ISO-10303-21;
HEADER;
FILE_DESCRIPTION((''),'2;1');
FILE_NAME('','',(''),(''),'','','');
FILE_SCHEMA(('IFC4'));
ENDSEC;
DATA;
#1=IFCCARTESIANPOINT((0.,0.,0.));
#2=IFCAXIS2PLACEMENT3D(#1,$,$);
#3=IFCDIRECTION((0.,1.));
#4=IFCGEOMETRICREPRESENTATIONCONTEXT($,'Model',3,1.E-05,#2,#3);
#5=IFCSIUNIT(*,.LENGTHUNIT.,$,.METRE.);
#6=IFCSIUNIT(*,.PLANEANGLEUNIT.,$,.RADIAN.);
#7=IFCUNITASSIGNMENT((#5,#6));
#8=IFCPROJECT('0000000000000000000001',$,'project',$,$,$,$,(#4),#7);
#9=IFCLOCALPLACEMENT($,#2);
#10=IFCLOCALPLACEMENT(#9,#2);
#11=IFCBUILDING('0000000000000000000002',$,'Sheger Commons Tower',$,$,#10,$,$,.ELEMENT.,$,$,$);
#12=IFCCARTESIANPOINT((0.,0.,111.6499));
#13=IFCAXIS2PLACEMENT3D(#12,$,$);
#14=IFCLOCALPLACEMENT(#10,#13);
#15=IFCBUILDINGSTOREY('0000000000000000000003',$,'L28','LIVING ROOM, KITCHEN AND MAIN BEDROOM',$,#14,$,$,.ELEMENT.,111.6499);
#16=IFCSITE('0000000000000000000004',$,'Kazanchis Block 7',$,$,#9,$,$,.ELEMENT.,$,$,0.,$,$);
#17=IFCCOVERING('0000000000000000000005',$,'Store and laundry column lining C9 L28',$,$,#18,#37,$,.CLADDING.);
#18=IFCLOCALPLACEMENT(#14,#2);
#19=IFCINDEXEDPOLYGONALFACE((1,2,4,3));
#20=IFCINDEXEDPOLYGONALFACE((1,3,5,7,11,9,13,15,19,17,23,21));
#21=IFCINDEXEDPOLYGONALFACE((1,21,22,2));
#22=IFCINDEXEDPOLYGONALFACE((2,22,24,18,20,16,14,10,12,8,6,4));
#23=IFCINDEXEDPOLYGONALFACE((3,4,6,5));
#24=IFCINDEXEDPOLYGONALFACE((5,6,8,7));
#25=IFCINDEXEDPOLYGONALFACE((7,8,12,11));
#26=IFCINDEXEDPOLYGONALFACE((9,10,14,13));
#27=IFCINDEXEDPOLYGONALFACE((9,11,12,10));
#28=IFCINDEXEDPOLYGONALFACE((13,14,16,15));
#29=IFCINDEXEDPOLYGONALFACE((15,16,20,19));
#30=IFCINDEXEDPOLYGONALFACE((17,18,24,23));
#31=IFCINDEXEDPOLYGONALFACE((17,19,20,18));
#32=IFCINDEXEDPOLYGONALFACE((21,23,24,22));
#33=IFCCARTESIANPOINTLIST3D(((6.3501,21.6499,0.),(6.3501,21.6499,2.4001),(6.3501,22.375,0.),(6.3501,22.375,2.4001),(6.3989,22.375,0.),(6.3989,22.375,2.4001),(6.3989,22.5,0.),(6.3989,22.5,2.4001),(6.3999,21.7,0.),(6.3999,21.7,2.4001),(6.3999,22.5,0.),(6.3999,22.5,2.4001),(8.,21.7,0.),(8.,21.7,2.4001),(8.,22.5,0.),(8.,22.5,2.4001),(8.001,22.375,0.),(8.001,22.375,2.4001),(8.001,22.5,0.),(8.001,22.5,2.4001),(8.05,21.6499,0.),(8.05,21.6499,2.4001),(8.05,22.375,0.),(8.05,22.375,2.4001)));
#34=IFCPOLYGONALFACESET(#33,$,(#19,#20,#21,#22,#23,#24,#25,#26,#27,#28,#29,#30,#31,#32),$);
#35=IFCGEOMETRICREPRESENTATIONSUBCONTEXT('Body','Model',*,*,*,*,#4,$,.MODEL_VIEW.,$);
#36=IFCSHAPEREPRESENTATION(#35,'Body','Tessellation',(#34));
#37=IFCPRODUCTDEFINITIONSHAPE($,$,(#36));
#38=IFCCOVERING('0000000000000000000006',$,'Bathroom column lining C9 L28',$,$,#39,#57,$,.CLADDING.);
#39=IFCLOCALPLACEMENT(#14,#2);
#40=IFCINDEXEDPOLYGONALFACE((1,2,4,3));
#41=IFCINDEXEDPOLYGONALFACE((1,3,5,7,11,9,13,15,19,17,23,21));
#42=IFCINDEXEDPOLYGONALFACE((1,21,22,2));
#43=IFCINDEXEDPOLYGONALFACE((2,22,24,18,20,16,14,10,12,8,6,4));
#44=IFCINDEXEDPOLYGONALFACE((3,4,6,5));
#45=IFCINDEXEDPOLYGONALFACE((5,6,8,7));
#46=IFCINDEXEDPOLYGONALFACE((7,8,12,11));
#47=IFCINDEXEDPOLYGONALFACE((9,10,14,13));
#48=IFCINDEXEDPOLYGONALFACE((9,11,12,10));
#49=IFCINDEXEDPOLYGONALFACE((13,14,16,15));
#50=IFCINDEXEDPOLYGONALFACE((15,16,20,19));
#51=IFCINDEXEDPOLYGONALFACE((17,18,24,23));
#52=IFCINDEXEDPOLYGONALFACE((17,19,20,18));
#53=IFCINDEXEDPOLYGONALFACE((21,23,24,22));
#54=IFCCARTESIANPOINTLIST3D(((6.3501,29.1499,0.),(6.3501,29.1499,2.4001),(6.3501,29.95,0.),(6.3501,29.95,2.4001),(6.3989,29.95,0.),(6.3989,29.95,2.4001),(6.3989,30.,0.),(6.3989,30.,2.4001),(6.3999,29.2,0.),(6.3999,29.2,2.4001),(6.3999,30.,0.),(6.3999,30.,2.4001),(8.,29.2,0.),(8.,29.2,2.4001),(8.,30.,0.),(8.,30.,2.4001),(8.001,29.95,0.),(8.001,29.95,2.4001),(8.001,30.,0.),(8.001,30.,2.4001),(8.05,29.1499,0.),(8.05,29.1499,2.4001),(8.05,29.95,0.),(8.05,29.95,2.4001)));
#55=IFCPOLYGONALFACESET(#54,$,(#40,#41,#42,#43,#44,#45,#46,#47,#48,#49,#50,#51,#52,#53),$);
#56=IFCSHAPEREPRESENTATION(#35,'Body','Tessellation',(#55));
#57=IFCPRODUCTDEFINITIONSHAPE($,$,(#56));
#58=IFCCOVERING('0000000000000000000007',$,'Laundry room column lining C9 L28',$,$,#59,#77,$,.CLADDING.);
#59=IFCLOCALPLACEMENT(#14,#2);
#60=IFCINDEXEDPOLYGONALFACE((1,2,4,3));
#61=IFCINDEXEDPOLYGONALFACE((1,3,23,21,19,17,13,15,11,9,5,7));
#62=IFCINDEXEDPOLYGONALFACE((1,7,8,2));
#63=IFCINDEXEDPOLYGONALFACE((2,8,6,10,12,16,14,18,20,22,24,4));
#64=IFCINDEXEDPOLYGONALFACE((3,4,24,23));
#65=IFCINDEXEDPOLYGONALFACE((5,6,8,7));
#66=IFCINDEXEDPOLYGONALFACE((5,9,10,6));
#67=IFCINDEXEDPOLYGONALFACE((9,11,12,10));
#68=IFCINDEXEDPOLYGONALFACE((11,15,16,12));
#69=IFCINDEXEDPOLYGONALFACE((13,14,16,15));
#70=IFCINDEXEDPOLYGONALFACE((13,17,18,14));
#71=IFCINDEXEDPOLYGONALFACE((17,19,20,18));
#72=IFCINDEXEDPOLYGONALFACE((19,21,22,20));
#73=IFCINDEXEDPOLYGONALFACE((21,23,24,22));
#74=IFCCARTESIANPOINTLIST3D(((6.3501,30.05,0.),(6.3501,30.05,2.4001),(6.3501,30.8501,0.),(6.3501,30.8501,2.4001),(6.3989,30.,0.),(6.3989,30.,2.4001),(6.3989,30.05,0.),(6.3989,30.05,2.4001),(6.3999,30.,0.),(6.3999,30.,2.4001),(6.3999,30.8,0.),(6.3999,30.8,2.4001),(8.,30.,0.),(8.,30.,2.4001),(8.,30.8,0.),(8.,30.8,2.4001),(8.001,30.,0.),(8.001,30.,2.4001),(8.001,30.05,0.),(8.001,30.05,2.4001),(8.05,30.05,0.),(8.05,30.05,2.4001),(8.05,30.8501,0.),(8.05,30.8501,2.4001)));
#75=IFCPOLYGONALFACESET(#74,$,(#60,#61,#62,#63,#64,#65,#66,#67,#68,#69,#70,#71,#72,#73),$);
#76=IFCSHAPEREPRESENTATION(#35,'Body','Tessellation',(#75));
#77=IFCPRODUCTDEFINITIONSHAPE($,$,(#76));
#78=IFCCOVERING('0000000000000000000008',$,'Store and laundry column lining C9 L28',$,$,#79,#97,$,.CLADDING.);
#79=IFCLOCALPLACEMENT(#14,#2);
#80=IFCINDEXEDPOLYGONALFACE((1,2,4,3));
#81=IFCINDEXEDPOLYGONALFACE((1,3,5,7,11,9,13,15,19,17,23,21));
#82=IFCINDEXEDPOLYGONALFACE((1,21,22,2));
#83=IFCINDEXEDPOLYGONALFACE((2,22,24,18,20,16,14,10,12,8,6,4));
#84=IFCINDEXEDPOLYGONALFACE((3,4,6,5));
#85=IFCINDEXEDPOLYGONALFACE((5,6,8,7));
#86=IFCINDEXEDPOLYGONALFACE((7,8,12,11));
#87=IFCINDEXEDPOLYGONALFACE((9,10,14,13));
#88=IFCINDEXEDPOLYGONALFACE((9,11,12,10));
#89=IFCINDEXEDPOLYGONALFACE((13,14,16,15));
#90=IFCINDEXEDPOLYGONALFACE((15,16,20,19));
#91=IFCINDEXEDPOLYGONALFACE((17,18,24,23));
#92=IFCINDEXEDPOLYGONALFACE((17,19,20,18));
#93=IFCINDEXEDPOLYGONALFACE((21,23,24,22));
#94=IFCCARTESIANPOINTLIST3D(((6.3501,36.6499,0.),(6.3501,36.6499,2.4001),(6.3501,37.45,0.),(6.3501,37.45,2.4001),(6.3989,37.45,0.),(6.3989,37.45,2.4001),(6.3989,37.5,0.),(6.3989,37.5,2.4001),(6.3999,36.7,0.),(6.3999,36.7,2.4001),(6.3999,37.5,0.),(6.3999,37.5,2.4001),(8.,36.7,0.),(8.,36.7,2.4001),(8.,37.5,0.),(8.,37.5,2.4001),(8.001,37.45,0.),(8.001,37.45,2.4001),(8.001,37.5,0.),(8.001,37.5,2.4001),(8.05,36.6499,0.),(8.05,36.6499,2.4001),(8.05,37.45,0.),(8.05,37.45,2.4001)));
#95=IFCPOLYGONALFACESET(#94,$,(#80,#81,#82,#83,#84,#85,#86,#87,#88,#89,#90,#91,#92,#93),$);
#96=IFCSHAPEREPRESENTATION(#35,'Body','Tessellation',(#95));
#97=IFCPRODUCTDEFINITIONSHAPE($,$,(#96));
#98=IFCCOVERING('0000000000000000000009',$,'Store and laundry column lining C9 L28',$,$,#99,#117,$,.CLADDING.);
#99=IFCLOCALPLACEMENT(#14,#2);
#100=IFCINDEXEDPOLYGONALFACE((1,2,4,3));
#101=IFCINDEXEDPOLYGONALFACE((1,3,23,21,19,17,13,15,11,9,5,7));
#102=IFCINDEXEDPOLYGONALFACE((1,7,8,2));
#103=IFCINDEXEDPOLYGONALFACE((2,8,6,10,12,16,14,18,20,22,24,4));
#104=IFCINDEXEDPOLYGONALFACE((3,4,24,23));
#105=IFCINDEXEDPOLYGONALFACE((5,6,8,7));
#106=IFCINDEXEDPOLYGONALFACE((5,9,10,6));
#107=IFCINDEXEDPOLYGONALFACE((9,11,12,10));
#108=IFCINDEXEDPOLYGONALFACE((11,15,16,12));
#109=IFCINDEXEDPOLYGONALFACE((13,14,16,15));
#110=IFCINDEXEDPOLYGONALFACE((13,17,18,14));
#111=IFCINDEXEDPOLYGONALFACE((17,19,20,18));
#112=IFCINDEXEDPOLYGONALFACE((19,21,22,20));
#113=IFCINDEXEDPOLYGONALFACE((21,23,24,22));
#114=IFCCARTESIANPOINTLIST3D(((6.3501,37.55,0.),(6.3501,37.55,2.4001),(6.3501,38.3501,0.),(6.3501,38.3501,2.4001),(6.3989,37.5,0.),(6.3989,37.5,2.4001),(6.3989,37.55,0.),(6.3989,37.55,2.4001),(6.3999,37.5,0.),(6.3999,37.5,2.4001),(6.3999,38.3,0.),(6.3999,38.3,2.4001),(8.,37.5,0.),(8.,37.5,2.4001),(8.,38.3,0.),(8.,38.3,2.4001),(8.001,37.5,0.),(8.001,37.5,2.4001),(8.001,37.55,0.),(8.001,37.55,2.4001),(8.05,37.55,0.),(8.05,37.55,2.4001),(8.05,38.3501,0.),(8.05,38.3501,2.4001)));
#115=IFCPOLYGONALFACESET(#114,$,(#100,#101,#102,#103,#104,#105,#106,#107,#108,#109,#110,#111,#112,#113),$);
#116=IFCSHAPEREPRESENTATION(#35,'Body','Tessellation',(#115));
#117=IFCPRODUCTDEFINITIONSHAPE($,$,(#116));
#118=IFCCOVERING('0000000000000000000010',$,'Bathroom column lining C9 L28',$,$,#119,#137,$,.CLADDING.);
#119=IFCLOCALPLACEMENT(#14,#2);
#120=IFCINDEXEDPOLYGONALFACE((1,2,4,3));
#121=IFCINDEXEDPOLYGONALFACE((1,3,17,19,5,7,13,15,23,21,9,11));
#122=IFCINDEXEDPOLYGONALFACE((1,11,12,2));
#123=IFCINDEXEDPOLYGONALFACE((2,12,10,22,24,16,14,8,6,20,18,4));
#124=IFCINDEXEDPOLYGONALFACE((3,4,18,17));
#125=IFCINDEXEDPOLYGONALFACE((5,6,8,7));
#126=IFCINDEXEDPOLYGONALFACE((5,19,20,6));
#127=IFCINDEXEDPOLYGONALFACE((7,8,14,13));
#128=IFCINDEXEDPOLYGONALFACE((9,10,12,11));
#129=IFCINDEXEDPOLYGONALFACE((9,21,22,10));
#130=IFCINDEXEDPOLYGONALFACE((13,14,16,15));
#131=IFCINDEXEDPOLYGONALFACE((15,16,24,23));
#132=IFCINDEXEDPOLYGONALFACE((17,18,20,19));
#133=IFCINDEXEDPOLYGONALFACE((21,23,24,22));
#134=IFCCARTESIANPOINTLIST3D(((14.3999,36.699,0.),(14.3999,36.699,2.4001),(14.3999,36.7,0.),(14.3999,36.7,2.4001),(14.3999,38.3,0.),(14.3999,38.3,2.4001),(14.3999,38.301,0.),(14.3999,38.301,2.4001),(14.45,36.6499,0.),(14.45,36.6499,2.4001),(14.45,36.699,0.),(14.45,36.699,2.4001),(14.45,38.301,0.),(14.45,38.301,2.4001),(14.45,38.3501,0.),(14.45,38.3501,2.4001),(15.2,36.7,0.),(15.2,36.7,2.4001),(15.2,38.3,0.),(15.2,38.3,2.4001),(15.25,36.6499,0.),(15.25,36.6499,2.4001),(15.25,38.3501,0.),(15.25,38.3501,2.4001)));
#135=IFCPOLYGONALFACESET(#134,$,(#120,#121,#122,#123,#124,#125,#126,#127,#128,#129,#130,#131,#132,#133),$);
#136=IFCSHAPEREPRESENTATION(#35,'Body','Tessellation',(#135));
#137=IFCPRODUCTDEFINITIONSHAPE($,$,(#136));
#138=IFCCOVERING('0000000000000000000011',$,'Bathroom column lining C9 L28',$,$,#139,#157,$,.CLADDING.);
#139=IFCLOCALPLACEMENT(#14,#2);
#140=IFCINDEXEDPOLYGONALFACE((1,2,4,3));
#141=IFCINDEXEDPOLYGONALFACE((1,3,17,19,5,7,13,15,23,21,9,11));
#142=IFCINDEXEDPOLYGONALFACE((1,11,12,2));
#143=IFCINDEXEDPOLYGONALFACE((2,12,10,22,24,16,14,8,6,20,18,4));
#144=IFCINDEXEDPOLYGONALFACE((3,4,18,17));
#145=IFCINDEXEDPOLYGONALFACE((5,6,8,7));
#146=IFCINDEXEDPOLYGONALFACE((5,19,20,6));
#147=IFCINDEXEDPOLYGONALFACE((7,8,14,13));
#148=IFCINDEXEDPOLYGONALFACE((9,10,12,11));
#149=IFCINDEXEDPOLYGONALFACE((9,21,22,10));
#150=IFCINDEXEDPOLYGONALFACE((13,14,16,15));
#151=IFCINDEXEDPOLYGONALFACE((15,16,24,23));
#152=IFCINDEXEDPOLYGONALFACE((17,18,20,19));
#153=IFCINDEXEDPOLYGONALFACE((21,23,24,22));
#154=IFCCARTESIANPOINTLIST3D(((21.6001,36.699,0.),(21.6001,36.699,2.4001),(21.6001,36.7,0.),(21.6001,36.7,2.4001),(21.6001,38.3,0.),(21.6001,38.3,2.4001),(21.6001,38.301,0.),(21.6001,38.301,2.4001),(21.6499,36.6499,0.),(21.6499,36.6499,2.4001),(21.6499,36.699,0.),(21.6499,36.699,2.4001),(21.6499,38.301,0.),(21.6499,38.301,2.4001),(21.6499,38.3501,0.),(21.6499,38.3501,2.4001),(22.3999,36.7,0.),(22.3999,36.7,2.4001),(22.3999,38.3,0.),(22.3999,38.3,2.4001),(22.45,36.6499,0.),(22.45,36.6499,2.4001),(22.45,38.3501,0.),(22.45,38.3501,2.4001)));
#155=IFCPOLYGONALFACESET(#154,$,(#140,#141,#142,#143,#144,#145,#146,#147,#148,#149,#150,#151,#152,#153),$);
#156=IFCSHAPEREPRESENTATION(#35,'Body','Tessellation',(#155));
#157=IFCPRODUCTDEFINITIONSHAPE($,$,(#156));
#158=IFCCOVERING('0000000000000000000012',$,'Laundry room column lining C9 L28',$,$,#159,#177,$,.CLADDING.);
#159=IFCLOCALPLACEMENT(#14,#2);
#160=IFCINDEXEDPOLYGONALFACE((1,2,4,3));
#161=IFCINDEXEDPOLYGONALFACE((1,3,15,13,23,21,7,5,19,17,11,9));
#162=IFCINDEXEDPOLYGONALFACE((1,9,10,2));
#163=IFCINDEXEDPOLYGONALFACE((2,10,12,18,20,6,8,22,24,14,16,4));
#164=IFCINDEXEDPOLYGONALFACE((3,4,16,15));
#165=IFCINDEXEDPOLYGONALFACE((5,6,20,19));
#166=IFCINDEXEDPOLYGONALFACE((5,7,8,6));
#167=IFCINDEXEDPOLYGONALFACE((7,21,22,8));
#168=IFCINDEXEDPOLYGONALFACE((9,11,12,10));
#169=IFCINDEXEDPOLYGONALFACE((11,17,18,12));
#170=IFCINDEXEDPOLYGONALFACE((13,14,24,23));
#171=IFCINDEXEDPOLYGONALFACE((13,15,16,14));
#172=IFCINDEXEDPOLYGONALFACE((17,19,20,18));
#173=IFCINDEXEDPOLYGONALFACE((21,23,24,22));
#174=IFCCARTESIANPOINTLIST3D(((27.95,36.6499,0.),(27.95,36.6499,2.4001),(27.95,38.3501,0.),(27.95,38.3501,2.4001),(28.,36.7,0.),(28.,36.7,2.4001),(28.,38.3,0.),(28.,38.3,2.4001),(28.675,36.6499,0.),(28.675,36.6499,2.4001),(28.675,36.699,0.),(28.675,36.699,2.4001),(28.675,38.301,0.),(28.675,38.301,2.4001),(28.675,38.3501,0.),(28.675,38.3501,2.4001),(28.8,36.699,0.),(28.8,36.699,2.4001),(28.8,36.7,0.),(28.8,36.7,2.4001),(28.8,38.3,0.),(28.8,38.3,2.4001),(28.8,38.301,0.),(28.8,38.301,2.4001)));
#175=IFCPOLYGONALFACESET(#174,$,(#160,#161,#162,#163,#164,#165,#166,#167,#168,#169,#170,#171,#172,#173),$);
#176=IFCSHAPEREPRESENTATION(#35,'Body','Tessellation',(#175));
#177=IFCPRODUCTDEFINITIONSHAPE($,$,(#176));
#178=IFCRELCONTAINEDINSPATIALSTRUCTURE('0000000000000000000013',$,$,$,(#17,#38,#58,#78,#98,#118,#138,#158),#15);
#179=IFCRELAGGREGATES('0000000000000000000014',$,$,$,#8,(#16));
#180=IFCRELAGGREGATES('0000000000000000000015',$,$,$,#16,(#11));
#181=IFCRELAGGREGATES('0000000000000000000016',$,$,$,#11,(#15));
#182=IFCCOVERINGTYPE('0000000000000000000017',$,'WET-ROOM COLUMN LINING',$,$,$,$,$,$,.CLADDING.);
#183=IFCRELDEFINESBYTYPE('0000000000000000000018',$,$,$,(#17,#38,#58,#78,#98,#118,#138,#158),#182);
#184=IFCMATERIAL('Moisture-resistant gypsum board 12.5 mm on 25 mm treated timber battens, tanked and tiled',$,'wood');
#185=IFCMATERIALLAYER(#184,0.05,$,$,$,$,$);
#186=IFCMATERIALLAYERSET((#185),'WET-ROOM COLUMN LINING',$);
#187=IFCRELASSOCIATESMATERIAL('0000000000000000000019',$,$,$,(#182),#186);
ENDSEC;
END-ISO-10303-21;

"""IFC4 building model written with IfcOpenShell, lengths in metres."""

from ifc_helpers import new_model, si_unit, direction, frame, origin, place, context, subcontext, project, spatial, polyline, outline, extrude, material, layer, layer_set, type_object, element, save


model = new_model("IFC4")

# Units and contexts
model_context = context("Model", 3, precision=1e-05, world=origin(), true_north=direction((0.0, 1.0)))
body_context = subcontext(model_context, "Body", "Model", "MODEL_VIEW")
ifc_project = project(units=[si_unit("LENGTHUNIT", "METRE"), si_unit("PLANEANGLEUNIT", "RADIAN")], contexts=[model_context])

# Site, building, storey
site_placement = place(None, origin())
site = spatial("IfcSite", under=ifc_project, at=site_placement, Name="Kazanchis Block 7", CompositionType="ELEMENT", RefElevation=0.0)
building_placement = place(site_placement, origin())
building = spatial("IfcBuilding", under=site, at=building_placement, Name="Sheger Commons Tower", CompositionType="ELEMENT")
storey_placement = place(building_placement, frame((0.0, 0.0, 111.6499)))
storey = spatial("IfcBuildingStorey", under=building, at=storey_placement, Name="L28", Description="LIVING ROOM, KITCHEN AND MAIN BEDROOM", CompositionType="ELEMENT", Elevation=111.6499)

# Coverings
ifc_material_1 = material(Name="Moisture-resistant gypsum board 12.5 mm on 25 mm treated timber battens, tanked and tiled", Category="wood")
ifc_layer_1 = layer(ifc_material_1, 0.05)
ifc_layer_set_1 = layer_set([ifc_layer_1], Name="WET-ROOM COLUMN LINING")
covering_type_1 = type_object("IfcCoveringType", Name="WET-ROOM COLUMN LINING", PredefinedType="CLADDING", material=ifc_layer_set_1)
covering_1_placement = place(storey_placement, origin())
element("IfcCovering", 1, at=covering_1_placement, inside=storey, type_object=covering_type_1, Name="Store and laundry column lining C9 L28", PredefinedType="CLADDING", context=body_context, shape_type="SweptSolid", body=[
    extrude(outline(polyline([(6.3999, 22.5), (6.3999, 21.7), (8.0, 21.7), (8.0, 22.5), (8.001, 22.5), (8.001, 22.375), (8.05, 22.375), (8.05, 21.6499), (6.3501, 21.6499), (6.3501, 22.375), (6.3989, 22.375), (6.3989, 22.5), (6.3999, 22.5)])), origin(), (0.0, 0.0, 1.0), 2.4001),
])
covering_2_placement = place(storey_placement, origin())
element("IfcCovering", 2, at=covering_2_placement, inside=storey, type_object=covering_type_1, Name="Bathroom column lining C9 L28", PredefinedType="CLADDING", context=body_context, shape_type="SweptSolid", body=[
    extrude(outline(polyline([(6.3999, 30.0), (6.3999, 29.2), (8.0, 29.2), (8.0, 30.0), (8.001, 30.0), (8.001, 29.95), (8.05, 29.95), (8.05, 29.1499), (6.3501, 29.1499), (6.3501, 29.95), (6.3989, 29.95), (6.3989, 30.0), (6.3999, 30.0)])), origin(), (0.0, 0.0, 1.0), 2.4001),
])
covering_3_placement = place(storey_placement, origin())
element("IfcCovering", 3, at=covering_3_placement, inside=storey, type_object=covering_type_1, Name="Laundry room column lining C9 L28", PredefinedType="CLADDING", context=body_context, shape_type="SweptSolid", body=[
    extrude(outline(polyline([(8.05, 30.8501), (8.05, 30.05), (8.001, 30.05), (8.001, 30.0), (8.0, 30.0), (8.0, 30.8), (6.3999, 30.8), (6.3999, 30.0), (6.3989, 30.0), (6.3989, 30.05), (6.3501, 30.05), (6.3501, 30.8501), (8.05, 30.8501)])), origin(), (0.0, 0.0, 1.0), 2.4001),
])
covering_4_placement = place(storey_placement, origin())
element("IfcCovering", 4, at=covering_4_placement, inside=storey, type_object=covering_type_1, Name="Store and laundry column lining C9 L28", PredefinedType="CLADDING", context=body_context, shape_type="SweptSolid", body=[
    extrude(outline(polyline([(6.3999, 37.5), (6.3999, 36.7), (8.0, 36.7), (8.0, 37.5), (8.001, 37.5), (8.001, 37.45), (8.05, 37.45), (8.05, 36.6499), (6.3501, 36.6499), (6.3501, 37.45), (6.3989, 37.45), (6.3989, 37.5), (6.3999, 37.5)])), origin(), (0.0, 0.0, 1.0), 2.4001),
])
covering_5_placement = place(storey_placement, origin())
element("IfcCovering", 5, at=covering_5_placement, inside=storey, type_object=covering_type_1, Name="Store and laundry column lining C9 L28", PredefinedType="CLADDING", context=body_context, shape_type="SweptSolid", body=[
    extrude(outline(polyline([(8.05, 38.3501), (8.05, 37.55), (8.001, 37.55), (8.001, 37.5), (8.0, 37.5), (8.0, 38.3), (6.3999, 38.3), (6.3999, 37.5), (6.3989, 37.5), (6.3989, 37.55), (6.3501, 37.55), (6.3501, 38.3501), (8.05, 38.3501)])), origin(), (0.0, 0.0, 1.0), 2.4001),
])
covering_6_placement = place(storey_placement, origin())
element("IfcCovering", 6, at=covering_6_placement, inside=storey, type_object=covering_type_1, Name="Bathroom column lining C9 L28", PredefinedType="CLADDING", context=body_context, shape_type="SweptSolid", body=[
    extrude(outline(polyline([(15.25, 36.6499), (14.45, 36.6499), (14.45, 36.699), (14.3999, 36.699), (14.3999, 36.7), (15.2, 36.7), (15.2, 38.3), (14.3999, 38.3), (14.3999, 38.301), (14.45, 38.301), (14.45, 38.3501), (15.25, 38.3501), (15.25, 36.6499)])), origin(), (0.0, 0.0, 1.0), 2.4001),
])
covering_7_placement = place(storey_placement, origin())
element("IfcCovering", 7, at=covering_7_placement, inside=storey, type_object=covering_type_1, Name="Bathroom column lining C9 L28", PredefinedType="CLADDING", context=body_context, shape_type="SweptSolid", body=[
    extrude(outline(polyline([(22.45, 36.6499), (21.6499, 36.6499), (21.6499, 36.699), (21.6001, 36.699), (21.6001, 36.7), (22.3999, 36.7), (22.3999, 38.3), (21.6001, 38.3), (21.6001, 38.301), (21.6499, 38.301), (21.6499, 38.3501), (22.45, 38.3501), (22.45, 36.6499)])), origin(), (0.0, 0.0, 1.0), 2.4001),
])
covering_8_placement = place(storey_placement, origin())
element("IfcCovering", 8, at=covering_8_placement, inside=storey, type_object=covering_type_1, Name="Laundry room column lining C9 L28", PredefinedType="CLADDING", context=body_context, shape_type="SweptSolid", body=[
    extrude(outline(polyline([(28.675, 38.3501), (28.675, 38.301), (28.8, 38.301), (28.8, 38.3), (28.0, 38.3), (28.0, 36.7), (28.8, 36.7), (28.8, 36.699), (28.675, 36.699), (28.675, 36.6499), (27.95, 36.6499), (27.95, 38.3501), (28.675, 38.3501)])), origin(), (0.0, 0.0, 1.0), 2.4001),
])

save(model, "model.ifc")
